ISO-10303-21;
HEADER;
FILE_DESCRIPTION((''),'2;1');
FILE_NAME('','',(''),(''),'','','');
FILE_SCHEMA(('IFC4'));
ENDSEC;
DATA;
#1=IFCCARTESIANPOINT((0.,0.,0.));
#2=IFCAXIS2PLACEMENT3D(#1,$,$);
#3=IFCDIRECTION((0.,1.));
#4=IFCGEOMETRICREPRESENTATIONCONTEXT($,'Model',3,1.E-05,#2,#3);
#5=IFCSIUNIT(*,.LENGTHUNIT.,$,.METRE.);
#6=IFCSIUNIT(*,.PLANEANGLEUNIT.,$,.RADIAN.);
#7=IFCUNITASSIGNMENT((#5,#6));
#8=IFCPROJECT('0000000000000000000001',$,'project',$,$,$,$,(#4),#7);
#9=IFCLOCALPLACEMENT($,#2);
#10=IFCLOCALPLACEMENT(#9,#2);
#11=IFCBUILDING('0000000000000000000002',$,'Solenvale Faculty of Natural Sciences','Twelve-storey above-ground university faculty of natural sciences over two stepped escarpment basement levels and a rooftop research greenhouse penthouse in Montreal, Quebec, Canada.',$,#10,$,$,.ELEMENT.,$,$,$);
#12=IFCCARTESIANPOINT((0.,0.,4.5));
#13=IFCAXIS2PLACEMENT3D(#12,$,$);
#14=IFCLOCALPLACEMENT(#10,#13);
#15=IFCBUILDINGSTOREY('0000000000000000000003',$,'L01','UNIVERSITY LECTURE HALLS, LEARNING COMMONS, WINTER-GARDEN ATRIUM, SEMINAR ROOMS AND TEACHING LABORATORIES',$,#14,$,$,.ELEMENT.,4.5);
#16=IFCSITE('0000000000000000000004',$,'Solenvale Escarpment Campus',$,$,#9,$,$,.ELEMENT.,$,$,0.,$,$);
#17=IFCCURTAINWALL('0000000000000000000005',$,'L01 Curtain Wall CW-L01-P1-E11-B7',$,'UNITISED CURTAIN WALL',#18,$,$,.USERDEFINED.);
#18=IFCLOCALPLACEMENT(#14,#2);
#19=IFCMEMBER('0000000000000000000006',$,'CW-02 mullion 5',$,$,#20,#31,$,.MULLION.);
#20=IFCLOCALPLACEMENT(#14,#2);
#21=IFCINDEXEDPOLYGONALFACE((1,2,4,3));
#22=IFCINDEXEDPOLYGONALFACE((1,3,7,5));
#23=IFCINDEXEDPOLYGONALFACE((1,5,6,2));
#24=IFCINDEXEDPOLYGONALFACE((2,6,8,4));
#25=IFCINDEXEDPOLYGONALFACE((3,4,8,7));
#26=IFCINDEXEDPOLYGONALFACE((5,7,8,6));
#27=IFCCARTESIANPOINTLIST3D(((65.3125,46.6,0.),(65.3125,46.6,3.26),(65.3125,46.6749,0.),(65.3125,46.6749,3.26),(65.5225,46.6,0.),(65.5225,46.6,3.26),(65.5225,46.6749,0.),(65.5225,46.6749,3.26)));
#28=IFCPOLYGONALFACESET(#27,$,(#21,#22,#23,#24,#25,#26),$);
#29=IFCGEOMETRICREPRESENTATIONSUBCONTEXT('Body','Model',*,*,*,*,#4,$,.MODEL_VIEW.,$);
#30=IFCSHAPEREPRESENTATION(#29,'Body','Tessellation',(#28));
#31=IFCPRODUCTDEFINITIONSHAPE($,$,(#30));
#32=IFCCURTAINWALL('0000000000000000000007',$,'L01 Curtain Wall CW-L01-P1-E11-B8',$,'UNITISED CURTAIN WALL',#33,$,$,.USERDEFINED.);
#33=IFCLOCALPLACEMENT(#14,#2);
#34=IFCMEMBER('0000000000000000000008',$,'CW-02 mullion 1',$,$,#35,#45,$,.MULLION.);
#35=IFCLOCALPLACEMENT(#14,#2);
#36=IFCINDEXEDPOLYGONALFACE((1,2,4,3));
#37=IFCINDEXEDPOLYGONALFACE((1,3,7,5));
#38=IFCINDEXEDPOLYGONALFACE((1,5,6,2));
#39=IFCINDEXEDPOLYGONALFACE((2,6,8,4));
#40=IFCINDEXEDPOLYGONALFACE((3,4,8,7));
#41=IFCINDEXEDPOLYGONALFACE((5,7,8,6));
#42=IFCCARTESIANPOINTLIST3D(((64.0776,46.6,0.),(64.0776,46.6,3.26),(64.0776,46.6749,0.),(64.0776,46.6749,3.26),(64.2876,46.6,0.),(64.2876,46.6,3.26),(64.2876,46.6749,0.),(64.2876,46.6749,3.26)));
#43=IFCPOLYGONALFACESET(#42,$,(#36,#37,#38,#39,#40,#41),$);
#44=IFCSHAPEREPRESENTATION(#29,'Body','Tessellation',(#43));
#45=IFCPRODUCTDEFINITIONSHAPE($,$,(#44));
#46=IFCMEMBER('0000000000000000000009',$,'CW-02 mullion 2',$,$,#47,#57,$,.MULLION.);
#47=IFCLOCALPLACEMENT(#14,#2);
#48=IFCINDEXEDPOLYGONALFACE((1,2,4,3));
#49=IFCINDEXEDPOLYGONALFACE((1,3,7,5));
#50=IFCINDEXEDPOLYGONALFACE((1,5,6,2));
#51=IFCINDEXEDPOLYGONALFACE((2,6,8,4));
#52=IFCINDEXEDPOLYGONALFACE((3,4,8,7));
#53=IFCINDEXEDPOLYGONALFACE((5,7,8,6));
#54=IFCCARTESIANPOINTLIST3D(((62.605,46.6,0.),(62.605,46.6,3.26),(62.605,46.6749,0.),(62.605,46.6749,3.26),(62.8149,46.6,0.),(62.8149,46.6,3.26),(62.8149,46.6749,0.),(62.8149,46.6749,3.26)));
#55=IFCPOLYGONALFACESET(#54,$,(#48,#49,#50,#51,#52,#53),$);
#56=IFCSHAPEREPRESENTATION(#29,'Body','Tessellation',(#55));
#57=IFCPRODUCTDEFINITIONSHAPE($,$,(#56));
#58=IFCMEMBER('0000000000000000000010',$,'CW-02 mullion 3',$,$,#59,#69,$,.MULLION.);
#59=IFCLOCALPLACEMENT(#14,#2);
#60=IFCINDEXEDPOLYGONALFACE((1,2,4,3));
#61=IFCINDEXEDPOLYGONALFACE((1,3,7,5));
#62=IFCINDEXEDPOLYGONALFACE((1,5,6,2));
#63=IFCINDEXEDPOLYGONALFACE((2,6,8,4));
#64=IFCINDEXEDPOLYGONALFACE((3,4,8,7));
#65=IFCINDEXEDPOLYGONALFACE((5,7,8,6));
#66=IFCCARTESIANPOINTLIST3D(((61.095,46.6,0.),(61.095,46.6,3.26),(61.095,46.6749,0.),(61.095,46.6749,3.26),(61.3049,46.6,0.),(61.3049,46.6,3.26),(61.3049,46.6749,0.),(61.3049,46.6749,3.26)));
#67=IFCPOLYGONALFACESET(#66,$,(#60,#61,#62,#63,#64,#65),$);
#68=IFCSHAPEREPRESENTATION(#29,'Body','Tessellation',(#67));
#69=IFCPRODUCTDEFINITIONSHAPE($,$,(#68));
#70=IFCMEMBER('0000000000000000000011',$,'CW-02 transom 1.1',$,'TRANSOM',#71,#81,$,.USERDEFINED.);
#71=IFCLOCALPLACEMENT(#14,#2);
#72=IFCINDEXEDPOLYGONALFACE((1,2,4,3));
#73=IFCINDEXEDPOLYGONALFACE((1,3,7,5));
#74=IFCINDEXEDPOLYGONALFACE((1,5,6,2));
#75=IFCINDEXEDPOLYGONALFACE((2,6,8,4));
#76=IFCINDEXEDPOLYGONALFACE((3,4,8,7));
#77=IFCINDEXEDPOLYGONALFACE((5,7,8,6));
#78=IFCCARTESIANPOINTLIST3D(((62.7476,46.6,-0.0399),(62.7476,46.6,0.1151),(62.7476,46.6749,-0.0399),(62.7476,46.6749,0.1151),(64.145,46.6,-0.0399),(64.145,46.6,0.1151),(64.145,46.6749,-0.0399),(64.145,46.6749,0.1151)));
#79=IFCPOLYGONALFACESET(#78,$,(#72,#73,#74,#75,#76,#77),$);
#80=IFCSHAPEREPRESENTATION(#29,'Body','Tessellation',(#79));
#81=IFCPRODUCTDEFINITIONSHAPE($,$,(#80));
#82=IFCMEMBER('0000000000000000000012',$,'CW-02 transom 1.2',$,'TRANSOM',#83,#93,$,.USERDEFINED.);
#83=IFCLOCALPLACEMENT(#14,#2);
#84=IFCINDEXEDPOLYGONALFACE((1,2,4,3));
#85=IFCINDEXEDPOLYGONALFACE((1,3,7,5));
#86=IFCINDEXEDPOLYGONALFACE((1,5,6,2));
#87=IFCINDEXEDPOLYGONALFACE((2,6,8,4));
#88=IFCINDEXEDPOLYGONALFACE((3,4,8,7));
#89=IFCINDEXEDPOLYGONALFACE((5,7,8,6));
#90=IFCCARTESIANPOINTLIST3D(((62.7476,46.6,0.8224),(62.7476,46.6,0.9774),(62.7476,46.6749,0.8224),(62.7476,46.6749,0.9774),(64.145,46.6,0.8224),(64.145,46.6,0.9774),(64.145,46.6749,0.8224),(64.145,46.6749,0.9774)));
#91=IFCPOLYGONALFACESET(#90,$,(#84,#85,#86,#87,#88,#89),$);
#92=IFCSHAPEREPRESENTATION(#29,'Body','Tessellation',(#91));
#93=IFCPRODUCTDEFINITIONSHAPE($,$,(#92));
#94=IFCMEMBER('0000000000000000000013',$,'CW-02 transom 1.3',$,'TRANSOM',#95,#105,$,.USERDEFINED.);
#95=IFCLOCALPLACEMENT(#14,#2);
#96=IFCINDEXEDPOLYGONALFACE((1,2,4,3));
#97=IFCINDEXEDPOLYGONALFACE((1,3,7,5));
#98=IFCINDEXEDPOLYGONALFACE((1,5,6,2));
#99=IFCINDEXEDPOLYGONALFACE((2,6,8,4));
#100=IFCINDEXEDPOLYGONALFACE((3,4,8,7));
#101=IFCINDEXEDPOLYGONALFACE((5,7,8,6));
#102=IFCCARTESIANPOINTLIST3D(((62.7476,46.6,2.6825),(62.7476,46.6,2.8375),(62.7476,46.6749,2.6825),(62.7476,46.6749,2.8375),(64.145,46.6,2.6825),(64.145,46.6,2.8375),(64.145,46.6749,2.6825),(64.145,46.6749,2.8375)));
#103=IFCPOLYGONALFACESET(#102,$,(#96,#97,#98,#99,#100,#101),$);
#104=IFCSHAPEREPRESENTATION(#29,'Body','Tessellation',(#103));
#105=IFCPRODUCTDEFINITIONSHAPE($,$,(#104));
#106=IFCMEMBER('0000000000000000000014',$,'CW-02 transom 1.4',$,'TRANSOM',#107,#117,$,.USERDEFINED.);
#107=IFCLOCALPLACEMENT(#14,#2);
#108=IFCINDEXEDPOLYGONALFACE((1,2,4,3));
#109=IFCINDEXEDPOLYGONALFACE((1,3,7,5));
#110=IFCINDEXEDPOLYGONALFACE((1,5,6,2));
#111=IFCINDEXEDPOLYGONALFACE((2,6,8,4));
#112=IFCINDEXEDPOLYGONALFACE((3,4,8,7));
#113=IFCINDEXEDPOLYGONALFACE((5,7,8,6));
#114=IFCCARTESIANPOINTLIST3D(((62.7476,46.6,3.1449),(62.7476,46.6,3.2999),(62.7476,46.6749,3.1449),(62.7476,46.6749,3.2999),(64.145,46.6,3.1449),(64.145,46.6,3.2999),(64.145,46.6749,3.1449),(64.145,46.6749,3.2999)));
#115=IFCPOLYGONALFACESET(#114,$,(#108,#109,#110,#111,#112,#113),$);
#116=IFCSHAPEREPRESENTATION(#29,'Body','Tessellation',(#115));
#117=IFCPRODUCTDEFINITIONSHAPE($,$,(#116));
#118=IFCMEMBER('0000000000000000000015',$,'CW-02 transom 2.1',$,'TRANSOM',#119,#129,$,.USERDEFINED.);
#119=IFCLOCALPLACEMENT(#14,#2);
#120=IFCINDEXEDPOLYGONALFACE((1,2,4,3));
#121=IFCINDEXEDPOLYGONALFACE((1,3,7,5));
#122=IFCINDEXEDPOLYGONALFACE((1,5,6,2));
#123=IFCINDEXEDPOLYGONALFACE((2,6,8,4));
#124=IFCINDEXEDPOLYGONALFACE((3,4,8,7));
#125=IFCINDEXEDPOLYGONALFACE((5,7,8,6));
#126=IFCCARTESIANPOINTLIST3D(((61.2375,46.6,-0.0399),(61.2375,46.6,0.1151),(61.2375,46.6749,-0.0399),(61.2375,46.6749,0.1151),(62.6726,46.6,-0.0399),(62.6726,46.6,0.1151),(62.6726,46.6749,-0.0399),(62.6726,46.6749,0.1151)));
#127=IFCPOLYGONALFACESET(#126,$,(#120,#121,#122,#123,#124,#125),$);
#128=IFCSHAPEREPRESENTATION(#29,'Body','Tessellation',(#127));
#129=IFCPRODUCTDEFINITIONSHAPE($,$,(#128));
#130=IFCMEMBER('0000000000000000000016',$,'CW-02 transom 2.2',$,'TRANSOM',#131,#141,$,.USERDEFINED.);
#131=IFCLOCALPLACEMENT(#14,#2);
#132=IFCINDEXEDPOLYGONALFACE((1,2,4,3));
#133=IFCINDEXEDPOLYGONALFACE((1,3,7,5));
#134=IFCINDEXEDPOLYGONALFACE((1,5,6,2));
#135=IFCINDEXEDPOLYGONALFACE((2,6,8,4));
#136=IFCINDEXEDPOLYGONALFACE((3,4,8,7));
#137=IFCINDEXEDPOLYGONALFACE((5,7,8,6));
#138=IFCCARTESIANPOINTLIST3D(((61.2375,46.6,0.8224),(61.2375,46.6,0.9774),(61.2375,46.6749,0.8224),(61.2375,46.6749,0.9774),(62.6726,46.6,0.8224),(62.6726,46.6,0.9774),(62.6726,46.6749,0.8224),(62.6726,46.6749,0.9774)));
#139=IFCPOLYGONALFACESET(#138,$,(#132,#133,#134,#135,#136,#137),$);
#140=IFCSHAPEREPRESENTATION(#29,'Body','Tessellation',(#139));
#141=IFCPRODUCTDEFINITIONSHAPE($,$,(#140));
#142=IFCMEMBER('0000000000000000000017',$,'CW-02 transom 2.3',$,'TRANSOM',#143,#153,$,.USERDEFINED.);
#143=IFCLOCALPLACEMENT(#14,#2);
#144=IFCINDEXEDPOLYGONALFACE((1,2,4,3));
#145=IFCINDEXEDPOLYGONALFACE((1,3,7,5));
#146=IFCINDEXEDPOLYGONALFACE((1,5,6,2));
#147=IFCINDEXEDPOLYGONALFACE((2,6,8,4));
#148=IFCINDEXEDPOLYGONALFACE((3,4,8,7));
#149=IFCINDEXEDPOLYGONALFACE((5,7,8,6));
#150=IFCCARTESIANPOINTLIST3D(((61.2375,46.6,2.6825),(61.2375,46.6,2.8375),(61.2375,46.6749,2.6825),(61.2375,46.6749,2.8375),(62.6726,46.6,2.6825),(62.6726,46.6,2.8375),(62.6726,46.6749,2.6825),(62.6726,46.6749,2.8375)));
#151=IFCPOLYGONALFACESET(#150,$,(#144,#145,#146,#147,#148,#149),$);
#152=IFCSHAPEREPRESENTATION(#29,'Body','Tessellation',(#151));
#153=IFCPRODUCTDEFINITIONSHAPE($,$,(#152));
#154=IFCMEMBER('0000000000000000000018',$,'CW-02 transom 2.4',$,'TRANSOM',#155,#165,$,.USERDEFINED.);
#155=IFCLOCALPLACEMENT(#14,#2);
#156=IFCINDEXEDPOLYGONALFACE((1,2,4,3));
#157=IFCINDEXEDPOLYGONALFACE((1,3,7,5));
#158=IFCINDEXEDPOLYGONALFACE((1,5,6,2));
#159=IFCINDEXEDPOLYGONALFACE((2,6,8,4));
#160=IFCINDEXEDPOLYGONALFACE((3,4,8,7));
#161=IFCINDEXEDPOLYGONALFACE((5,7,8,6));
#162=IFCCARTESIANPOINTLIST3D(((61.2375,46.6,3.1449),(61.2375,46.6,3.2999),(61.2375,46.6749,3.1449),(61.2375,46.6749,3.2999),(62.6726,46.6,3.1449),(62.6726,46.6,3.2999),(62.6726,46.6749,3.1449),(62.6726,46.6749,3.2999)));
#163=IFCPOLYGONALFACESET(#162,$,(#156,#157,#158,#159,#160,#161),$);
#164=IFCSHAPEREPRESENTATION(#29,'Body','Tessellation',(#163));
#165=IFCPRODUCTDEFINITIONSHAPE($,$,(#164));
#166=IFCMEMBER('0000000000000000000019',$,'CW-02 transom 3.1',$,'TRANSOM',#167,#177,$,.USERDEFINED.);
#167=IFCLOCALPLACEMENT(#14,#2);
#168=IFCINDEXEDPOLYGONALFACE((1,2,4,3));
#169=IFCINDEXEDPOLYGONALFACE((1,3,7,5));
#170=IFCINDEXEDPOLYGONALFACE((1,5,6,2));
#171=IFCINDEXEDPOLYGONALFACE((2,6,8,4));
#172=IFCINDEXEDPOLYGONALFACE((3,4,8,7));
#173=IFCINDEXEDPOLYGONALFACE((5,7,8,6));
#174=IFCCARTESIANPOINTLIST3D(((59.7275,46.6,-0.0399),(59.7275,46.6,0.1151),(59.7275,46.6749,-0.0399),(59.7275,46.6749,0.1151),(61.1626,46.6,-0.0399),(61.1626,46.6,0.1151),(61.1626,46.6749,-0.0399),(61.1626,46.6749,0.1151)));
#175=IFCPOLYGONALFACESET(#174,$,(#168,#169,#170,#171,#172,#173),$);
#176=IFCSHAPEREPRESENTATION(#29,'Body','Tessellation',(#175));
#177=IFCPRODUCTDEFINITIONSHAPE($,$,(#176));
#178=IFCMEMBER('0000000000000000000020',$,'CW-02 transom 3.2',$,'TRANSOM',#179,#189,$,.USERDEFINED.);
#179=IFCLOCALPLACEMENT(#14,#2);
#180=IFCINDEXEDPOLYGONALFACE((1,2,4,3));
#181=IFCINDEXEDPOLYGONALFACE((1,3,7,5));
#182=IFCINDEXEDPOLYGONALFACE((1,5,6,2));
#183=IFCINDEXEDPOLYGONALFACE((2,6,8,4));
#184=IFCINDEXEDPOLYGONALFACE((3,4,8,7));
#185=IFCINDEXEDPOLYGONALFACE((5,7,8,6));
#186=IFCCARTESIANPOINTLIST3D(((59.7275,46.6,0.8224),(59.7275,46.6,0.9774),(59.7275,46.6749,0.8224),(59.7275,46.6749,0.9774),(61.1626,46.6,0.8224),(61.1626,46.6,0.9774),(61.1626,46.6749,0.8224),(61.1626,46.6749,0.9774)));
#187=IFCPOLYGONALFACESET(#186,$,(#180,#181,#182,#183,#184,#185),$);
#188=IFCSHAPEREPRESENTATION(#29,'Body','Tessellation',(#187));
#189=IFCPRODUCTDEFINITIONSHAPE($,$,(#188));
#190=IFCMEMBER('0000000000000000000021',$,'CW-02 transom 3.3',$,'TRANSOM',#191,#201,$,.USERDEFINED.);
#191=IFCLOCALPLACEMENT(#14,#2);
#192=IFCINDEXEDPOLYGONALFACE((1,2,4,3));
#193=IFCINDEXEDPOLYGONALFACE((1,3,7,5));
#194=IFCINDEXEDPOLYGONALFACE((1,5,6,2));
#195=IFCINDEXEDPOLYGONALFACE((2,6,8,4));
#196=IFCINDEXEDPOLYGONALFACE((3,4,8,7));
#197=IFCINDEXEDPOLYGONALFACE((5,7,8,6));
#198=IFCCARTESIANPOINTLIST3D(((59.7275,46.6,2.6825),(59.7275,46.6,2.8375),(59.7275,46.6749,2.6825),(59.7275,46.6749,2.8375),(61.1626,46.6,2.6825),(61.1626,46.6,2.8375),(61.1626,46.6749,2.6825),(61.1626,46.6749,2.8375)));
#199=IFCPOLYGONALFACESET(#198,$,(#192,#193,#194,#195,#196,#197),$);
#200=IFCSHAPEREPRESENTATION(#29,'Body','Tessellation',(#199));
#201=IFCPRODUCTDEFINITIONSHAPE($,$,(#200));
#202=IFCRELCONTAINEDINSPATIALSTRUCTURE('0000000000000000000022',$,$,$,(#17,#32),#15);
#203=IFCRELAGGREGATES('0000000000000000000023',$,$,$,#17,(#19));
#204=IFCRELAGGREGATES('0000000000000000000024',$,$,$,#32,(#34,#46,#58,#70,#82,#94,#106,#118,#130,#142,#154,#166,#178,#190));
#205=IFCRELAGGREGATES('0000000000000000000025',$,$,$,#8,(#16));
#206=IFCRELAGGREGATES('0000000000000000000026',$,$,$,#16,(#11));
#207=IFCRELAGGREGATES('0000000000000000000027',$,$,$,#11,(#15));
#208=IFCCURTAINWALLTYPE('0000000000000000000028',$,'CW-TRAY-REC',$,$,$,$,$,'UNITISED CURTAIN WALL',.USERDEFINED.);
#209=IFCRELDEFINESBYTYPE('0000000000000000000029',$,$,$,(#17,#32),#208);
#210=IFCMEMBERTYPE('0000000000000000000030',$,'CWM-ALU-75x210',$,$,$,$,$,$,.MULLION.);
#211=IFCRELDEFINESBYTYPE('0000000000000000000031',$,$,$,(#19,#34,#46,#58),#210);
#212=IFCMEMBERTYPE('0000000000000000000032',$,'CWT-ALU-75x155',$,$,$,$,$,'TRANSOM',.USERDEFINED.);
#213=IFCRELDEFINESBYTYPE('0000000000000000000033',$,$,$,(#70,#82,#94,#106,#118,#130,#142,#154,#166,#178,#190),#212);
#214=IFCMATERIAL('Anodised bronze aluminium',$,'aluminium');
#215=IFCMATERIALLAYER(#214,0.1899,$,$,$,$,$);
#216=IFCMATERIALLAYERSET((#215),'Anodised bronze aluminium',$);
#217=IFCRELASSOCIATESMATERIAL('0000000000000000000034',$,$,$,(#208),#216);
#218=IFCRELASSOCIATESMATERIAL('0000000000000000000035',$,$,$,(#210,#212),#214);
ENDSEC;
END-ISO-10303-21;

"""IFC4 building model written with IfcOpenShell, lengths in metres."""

from ifc_helpers import new_model, si_unit, direction, frame, origin, origin_2d, place, context, subcontext, project, spatial, rectangle, extrude, material, layer, layer_set, material_profile, profile_set, type_object, element, aggregate, save


model = new_model("IFC4")

# Units and contexts
model_context = context("Model", 3, precision=1e-05, world=origin(), true_north=direction((0.0, 1.0)))
body_context = subcontext(model_context, "Body", "Model", "MODEL_VIEW")
ifc_project = project(units=[si_unit("LENGTHUNIT", "METRE"), si_unit("PLANEANGLEUNIT", "RADIAN")], contexts=[model_context])

# Site, building, storey
site_placement = place(None, origin())
site = spatial("IfcSite", under=ifc_project, at=site_placement, Name="Solenvale Escarpment Campus", CompositionType="ELEMENT", RefElevation=0.0)
building_placement = place(site_placement, origin())
building = spatial("IfcBuilding", under=site, at=building_placement, Name="Solenvale Faculty of Natural Sciences", Description="Twelve-storey above-ground university faculty of natural sciences over two stepped escarpment basement levels and a rooftop research greenhouse penthouse in Montreal, Quebec, Canada.", CompositionType="ELEMENT")
storey_placement = place(building_placement, frame((0.0, 0.0, 4.5)))
storey = spatial("IfcBuildingStorey", under=building, at=storey_placement, Name="L01", Description="UNIVERSITY LECTURE HALLS, LEARNING COMMONS, WINTER-GARDEN ATRIUM, SEMINAR ROOMS AND TEACHING LABORATORIES", CompositionType="ELEMENT", Elevation=4.5)

# Curtain wall, member
ifc_material_1 = material(Name="Anodised bronze aluminium", Category="aluminium")
ifc_layer_1 = layer(ifc_material_1, 0.1899)
ifc_layer_set_1 = layer_set([ifc_layer_1], Name="Anodised bronze aluminium")
curtain_wall_type = type_object("IfcCurtainWallType", Name="CW-TRAY-REC", ElementType="UNITISED CURTAIN WALL", PredefinedType="USERDEFINED", material=ifc_layer_set_1)
curtain_wall_1_placement = place(storey_placement, origin())
curtain_wall_1 = element("IfcCurtainWall", 1, at=curtain_wall_1_placement, inside=storey, type_object=curtain_wall_type, Name="L01 Curtain Wall CW-L01-P1-E11-B7", ObjectType="UNITISED CURTAIN WALL", PredefinedType="USERDEFINED")
ifc_material_profile_1 = material_profile(ifc_material_1, rectangle(XDim=0.075, YDim=0.21, at=origin_2d()), Name="ALU-MUL-75x210")
ifc_profile_set_1 = profile_set([ifc_material_profile_1], Name="Anodised bronze aluminium")
member_type_1 = type_object("IfcMemberType", Name="CWM-ALU-75x210", PredefinedType="MULLION", material=ifc_profile_set_1)
member_1_placement = place(storey_placement, frame((65.4175, 46.6375, 0.0), z_axis=(0.0, 0.0, 1.0), x_axis=(0.0, -1.0, 0.0)))
member_1 = element("IfcMember", 2, at=member_1_placement, type_object=member_type_1, Name="CW-02 mullion 5", PredefinedType="MULLION", context=body_context, shape_type="SweptSolid", body=[
    extrude(rectangle(XDim=0.075, YDim=0.21, at=origin_2d()), origin(), (0.0, 0.0, 1.0), 3.26),
])

# Curtain wall, members
curtain_wall_2_placement = place(storey_placement, origin())
curtain_wall_2 = element("IfcCurtainWall", 3, at=curtain_wall_2_placement, inside=storey, type_object=curtain_wall_type, Name="L01 Curtain Wall CW-L01-P1-E11-B8", ObjectType="UNITISED CURTAIN WALL", PredefinedType="USERDEFINED")
member_2_placement = place(storey_placement, frame((64.1826, 46.6375, 0.0), z_axis=(0.0, 0.0, 1.0), x_axis=(0.0, -1.0, 0.0)))
member_2 = element("IfcMember", 4, at=member_2_placement, type_object=member_type_1, Name="CW-02 mullion 1", PredefinedType="MULLION", context=body_context, shape_type="SweptSolid", body=[
    extrude(rectangle(XDim=0.075, YDim=0.21, at=origin_2d()), origin(), (0.0, 0.0, 1.0), 3.26),
])
member_3_placement = place(storey_placement, frame((62.71, 46.6375, 0.0), z_axis=(0.0, 0.0, 1.0), x_axis=(0.0, -1.0, 0.0)))
member_3 = element("IfcMember", 5, at=member_3_placement, type_object=member_type_1, Name="CW-02 mullion 2", PredefinedType="MULLION", context=body_context, shape_type="SweptSolid", body=[
    extrude(rectangle(XDim=0.075, YDim=0.21, at=origin_2d()), origin(), (0.0, 0.0, 1.0), 3.26),
])
member_4_placement = place(storey_placement, frame((61.2, 46.6375, 0.0), z_axis=(0.0, 0.0, 1.0), x_axis=(0.0, -1.0, 0.0)))
member_4 = element("IfcMember", 6, at=member_4_placement, type_object=member_type_1, Name="CW-02 mullion 3", PredefinedType="MULLION", context=body_context, shape_type="SweptSolid", body=[
    extrude(rectangle(XDim=0.075, YDim=0.21, at=origin_2d()), origin(), (0.0, 0.0, 1.0), 3.26),
])
ifc_material_profile_2 = material_profile(ifc_material_1, rectangle(XDim=0.075, YDim=0.155, at=origin_2d()), Name="ALU-TRN-75x155")
ifc_profile_set_2 = profile_set([ifc_material_profile_2], Name="Anodised bronze aluminium")
member_type_2 = type_object("IfcMemberType", Name="CWT-ALU-75x155", ElementType="TRANSOM", PredefinedType="USERDEFINED", material=ifc_profile_set_2)
member_5_placement = place(storey_placement, frame((64.145, 46.6375, 0.0376), z_axis=(-1.0, 0.0, 0.0), x_axis=(0.0, -1.0, 0.0)))
member_5 = element("IfcMember", 7, at=member_5_placement, type_object=member_type_2, Name="CW-02 transom 1.1", ObjectType="TRANSOM", PredefinedType="USERDEFINED", context=body_context, shape_type="SweptSolid", body=[
    extrude(rectangle(XDim=0.075, YDim=0.155, at=origin_2d()), origin(), (0.0, 0.0, 1.0), 1.3975),
])
member_6_placement = place(storey_placement, frame((64.145, 46.6375, 0.8999), z_axis=(-1.0, 0.0, 0.0), x_axis=(0.0, -1.0, 0.0)))
member_6 = element("IfcMember", 8, at=member_6_placement, type_object=member_type_2, Name="CW-02 transom 1.2", ObjectType="TRANSOM", PredefinedType="USERDEFINED", context=body_context, shape_type="SweptSolid", body=[
    extrude(rectangle(XDim=0.075, YDim=0.155, at=origin_2d()), origin(), (0.0, 0.0, 1.0), 1.3975),
])
member_7_placement = place(storey_placement, frame((64.145, 46.6375, 2.76), z_axis=(-1.0, 0.0, 0.0), x_axis=(0.0, -1.0, 0.0)))
member_7 = element("IfcMember", 9, at=member_7_placement, type_object=member_type_2, Name="CW-02 transom 1.3", ObjectType="TRANSOM", PredefinedType="USERDEFINED", context=body_context, shape_type="SweptSolid", body=[
    extrude(rectangle(XDim=0.075, YDim=0.155, at=origin_2d()), origin(), (0.0, 0.0, 1.0), 1.3975),
])
member_8_placement = place(storey_placement, frame((64.145, 46.6375, 3.2224), z_axis=(-1.0, 0.0, 0.0), x_axis=(0.0, -1.0, 0.0)))
member_8 = element("IfcMember", 10, at=member_8_placement, type_object=member_type_2, Name="CW-02 transom 1.4", ObjectType="TRANSOM", PredefinedType="USERDEFINED", context=body_context, shape_type="SweptSolid", body=[
    extrude(rectangle(XDim=0.075, YDim=0.155, at=origin_2d()), origin(), (0.0, 0.0, 1.0), 1.3975),
])
member_9_placement = place(storey_placement, frame((62.6726, 46.6375, 0.0376), z_axis=(-1.0, 0.0, 0.0), x_axis=(0.0, -1.0, 0.0)))
member_9 = element("IfcMember", 11, at=member_9_placement, type_object=member_type_2, Name="CW-02 transom 2.1", ObjectType="TRANSOM", PredefinedType="USERDEFINED", context=body_context, shape_type="SweptSolid", body=[
    extrude(rectangle(XDim=0.075, YDim=0.155, at=origin_2d()), origin(), (0.0, 0.0, 1.0), 1.4351),
])
member_10_placement = place(storey_placement, frame((62.6726, 46.6375, 0.8999), z_axis=(-1.0, 0.0, 0.0), x_axis=(0.0, -1.0, 0.0)))
member_10 = element("IfcMember", 12, at=member_10_placement, type_object=member_type_2, Name="CW-02 transom 2.2", ObjectType="TRANSOM", PredefinedType="USERDEFINED", context=body_context, shape_type="SweptSolid", body=[
    extrude(rectangle(XDim=0.075, YDim=0.155, at=origin_2d()), origin(), (0.0, 0.0, 1.0), 1.4351),
])
member_11_placement = place(storey_placement, frame((62.6726, 46.6375, 2.76), z_axis=(-1.0, 0.0, 0.0), x_axis=(0.0, -1.0, 0.0)))
member_11 = element("IfcMember", 13, at=member_11_placement, type_object=member_type_2, Name="CW-02 transom 2.3", ObjectType="TRANSOM", PredefinedType="USERDEFINED", context=body_context, shape_type="SweptSolid", body=[
    extrude(rectangle(XDim=0.075, YDim=0.155, at=origin_2d()), origin(), (0.0, 0.0, 1.0), 1.4351),
])
member_12_placement = place(storey_placement, frame((62.6726, 46.6375, 3.2224), z_axis=(-1.0, 0.0, 0.0), x_axis=(0.0, -1.0, 0.0)))
member_12 = element("IfcMember", 14, at=member_12_placement, type_object=member_type_2, Name="CW-02 transom 2.4", ObjectType="TRANSOM", PredefinedType="USERDEFINED", context=body_context, shape_type="SweptSolid", body=[
    extrude(rectangle(XDim=0.075, YDim=0.155, at=origin_2d()), origin(), (0.0, 0.0, 1.0), 1.4351),
])
member_13_placement = place(storey_placement, frame((61.1626, 46.6375, 0.0376), z_axis=(-1.0, 0.0, 0.0), x_axis=(0.0, -1.0, 0.0)))
member_13 = element("IfcMember", 15, at=member_13_placement, type_object=member_type_2, Name="CW-02 transom 3.1", ObjectType="TRANSOM", PredefinedType="USERDEFINED", context=body_context, shape_type="SweptSolid", body=[
    extrude(rectangle(XDim=0.075, YDim=0.155, at=origin_2d()), origin(), (0.0, 0.0, 1.0), 1.4351),
])
member_14_placement = place(storey_placement, frame((61.1626, 46.6375, 0.8999), z_axis=(-1.0, 0.0, 0.0), x_axis=(0.0, -1.0, 0.0)))
member_14 = element("IfcMember", 16, at=member_14_placement, type_object=member_type_2, Name="CW-02 transom 3.2", ObjectType="TRANSOM", PredefinedType="USERDEFINED", context=body_context, shape_type="SweptSolid", body=[
    extrude(rectangle(XDim=0.075, YDim=0.155, at=origin_2d()), origin(), (0.0, 0.0, 1.0), 1.4351),
])
member_15_placement = place(storey_placement, frame((61.1626, 46.6375, 2.76), z_axis=(-1.0, 0.0, 0.0), x_axis=(0.0, -1.0, 0.0)))
member_15 = element("IfcMember", 17, at=member_15_placement, type_object=member_type_2, Name="CW-02 transom 3.3", ObjectType="TRANSOM", PredefinedType="USERDEFINED", context=body_context, shape_type="SweptSolid", body=[
    extrude(rectangle(XDim=0.075, YDim=0.155, at=origin_2d()), origin(), (0.0, 0.0, 1.0), 1.4351),
])

aggregate(curtain_wall_1, [member_1])
aggregate(curtain_wall_2, [member_2, member_3, member_4, member_5, member_6, member_7, member_8, member_9, member_10, member_11, member_12, member_13, member_14, member_15])

save(model, "model.ifc")
